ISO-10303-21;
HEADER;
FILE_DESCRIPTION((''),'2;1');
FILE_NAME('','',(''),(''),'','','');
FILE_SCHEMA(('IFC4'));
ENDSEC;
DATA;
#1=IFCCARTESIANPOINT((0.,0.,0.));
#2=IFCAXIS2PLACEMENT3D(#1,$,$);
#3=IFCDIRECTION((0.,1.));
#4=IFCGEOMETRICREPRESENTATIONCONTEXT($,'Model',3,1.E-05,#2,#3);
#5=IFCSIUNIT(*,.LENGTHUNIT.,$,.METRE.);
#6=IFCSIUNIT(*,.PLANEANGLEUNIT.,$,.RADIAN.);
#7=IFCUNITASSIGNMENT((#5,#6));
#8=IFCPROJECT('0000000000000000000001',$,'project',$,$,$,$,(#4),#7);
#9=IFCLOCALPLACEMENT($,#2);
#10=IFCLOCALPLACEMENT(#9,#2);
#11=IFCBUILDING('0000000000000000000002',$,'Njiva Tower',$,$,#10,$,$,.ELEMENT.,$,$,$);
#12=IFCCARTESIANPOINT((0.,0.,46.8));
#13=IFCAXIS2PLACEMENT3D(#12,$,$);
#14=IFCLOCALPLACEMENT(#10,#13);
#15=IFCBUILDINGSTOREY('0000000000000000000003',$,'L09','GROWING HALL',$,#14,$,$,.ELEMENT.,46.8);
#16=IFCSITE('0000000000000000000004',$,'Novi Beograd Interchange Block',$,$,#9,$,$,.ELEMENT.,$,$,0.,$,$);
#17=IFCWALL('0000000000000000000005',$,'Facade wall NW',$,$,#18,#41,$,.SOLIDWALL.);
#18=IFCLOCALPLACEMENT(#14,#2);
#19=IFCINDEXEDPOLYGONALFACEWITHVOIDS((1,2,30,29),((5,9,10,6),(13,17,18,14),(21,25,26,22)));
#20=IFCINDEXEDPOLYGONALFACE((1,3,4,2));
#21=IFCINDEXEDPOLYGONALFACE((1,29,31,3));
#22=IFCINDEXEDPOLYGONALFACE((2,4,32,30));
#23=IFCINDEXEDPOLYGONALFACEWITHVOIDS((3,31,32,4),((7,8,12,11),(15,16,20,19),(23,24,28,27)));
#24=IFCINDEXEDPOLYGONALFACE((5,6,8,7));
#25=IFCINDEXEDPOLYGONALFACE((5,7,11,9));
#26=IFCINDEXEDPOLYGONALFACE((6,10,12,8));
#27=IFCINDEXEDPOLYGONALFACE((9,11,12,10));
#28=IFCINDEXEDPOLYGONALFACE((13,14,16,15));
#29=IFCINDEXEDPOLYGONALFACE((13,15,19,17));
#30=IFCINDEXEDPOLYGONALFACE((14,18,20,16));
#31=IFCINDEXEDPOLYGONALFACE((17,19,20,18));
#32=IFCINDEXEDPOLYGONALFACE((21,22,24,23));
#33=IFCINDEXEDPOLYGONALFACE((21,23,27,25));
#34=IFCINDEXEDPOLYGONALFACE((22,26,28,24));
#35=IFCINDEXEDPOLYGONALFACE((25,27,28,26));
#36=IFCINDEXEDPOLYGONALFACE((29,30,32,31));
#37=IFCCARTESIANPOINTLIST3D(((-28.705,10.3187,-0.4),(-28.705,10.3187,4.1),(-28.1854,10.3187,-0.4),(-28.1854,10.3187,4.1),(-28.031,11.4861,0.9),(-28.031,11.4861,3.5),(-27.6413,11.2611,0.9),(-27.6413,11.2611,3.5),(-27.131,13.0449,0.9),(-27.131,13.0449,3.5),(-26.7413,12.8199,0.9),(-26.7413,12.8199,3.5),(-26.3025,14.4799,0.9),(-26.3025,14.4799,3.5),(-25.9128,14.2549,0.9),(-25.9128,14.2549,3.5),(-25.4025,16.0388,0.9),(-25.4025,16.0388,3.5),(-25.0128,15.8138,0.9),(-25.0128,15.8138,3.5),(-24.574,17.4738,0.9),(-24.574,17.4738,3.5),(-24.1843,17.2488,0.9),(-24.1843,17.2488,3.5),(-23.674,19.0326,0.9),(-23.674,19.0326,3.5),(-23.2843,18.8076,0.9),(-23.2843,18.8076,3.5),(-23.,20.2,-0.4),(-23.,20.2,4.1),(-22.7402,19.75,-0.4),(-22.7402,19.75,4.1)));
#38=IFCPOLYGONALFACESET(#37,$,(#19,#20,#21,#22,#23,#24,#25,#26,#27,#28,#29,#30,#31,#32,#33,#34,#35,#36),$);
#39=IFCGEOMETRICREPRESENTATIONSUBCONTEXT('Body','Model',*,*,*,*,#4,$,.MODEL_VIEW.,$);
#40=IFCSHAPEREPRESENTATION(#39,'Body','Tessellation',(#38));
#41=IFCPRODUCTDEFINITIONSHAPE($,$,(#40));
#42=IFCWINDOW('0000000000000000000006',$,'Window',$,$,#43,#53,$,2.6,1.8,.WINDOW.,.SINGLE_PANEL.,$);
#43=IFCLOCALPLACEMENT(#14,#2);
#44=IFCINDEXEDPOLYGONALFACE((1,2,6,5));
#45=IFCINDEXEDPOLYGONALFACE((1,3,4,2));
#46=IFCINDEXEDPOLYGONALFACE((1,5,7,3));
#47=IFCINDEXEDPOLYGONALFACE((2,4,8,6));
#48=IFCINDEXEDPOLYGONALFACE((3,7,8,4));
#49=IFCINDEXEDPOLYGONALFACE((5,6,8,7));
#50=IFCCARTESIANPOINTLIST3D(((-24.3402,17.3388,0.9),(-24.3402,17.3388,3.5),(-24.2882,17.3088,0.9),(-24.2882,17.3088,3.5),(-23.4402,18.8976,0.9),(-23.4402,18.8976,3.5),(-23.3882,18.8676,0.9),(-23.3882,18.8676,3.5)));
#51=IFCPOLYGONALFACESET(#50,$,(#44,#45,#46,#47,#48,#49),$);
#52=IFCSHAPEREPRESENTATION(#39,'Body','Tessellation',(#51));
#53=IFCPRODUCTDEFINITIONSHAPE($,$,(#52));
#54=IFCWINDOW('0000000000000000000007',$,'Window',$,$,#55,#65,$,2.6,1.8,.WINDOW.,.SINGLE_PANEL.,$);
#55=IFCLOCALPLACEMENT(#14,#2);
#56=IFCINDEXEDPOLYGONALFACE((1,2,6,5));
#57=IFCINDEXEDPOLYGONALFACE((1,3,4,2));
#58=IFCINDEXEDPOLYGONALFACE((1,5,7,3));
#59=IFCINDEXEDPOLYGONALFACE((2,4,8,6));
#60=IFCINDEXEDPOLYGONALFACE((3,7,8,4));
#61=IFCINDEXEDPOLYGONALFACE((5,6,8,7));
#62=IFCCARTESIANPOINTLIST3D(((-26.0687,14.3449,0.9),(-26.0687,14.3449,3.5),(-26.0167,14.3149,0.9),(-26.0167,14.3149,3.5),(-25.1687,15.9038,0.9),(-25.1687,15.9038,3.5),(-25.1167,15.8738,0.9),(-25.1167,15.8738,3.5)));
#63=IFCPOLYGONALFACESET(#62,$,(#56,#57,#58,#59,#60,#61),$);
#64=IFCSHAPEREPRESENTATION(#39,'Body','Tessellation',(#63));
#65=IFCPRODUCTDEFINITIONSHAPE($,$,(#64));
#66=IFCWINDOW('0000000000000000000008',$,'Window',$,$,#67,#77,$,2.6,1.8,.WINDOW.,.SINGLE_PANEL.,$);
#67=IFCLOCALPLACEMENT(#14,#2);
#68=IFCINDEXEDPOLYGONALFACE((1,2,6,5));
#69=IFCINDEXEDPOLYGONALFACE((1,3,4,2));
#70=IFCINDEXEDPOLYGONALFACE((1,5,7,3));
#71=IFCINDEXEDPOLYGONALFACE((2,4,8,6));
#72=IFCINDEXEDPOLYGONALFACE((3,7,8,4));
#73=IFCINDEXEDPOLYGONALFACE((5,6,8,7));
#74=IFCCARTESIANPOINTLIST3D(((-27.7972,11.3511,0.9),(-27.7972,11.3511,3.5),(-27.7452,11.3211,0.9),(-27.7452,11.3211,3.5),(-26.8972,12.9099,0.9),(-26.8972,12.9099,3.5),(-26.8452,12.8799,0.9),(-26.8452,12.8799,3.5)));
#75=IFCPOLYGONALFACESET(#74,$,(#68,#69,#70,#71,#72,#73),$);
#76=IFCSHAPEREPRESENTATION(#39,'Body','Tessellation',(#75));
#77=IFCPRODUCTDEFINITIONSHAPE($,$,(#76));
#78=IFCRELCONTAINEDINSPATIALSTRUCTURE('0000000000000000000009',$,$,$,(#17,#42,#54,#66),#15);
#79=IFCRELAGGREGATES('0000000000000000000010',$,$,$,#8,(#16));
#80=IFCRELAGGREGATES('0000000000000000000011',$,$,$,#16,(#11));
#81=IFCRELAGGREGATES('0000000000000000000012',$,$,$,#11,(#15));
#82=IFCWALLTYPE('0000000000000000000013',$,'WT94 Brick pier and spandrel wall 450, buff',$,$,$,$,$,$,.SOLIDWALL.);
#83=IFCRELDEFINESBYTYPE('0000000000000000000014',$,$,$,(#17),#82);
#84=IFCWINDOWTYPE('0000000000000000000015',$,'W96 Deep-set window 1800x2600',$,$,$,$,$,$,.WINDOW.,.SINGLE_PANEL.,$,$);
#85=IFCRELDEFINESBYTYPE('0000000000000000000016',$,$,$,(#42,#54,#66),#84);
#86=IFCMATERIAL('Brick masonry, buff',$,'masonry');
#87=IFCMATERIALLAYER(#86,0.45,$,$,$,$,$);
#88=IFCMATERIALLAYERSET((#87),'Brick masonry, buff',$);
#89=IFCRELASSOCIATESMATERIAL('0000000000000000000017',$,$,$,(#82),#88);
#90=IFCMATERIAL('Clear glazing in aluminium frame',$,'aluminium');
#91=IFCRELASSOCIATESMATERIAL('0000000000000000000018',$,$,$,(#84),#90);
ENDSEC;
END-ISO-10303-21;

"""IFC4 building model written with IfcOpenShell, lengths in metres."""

from ifc_helpers import new_model, si_unit, direction, frame, frame_2d, origin, place, context, subcontext, project, spatial, polyline, rectangle, outline, extrude, material, layer, layer_set, type_object, element, fill, save


model = new_model("IFC4")

# Units and contexts
model_context = context("Model", 3, precision=1e-05, world=origin(), true_north=direction((0.0, 1.0)))
body_context = subcontext(model_context, "Body", "Model", "MODEL_VIEW")
ifc_project = project(units=[si_unit("LENGTHUNIT", "METRE"), si_unit("PLANEANGLEUNIT", "RADIAN")], contexts=[model_context])

# Site, building, storey
site_placement = place(None, origin())
site = spatial("IfcSite", under=ifc_project, at=site_placement, Name="Novi Beograd Interchange Block", CompositionType="ELEMENT", RefElevation=0.0)
building_placement = place(site_placement, origin())
building = spatial("IfcBuilding", under=site, at=building_placement, Name="Njiva Tower", CompositionType="ELEMENT")
storey_placement = place(building_placement, frame((0.0, 0.0, 46.8)))
storey = spatial("IfcBuildingStorey", under=building, at=storey_placement, Name="L09", Description="GROWING HALL", CompositionType="ELEMENT", Elevation=46.8)

# Wall, openings, windows
ifc_material_1 = material(Name="Brick masonry, buff", Category="masonry")
ifc_layer_1 = layer(ifc_material_1, 0.45)
ifc_layer_set_1 = layer_set([ifc_layer_1], Name="Brick masonry, buff")
wall_type_1 = type_object("IfcWallType", Name="WT94 Brick pier and spandrel wall 450, buff", PredefinedType="SOLIDWALL", material=ifc_layer_set_1)
wall_1_placement = place(storey_placement, frame((-22.8701, 19.975, -0.4), z_axis=(0.0, 0.0, 1.0), x_axis=(-0.500002, -0.866024, 0.0)))
wall_1 = element("IfcWall", 1, at=wall_1_placement, inside=storey, type_object=wall_type_1, Name="Facade wall NW", PredefinedType="SOLIDWALL", context=body_context, shape_type="SweptSolid", body=[
    extrude(outline(polyline([(-0.1299, -0.225), (11.2801, -0.225), (11.0203, 0.225), (0.1299, 0.225), (-0.1299, -0.225)])), origin(), (0.0, 0.0, 1.0), 4.5),
])
opening_1_placement = place(wall_1_placement, frame((1.2181, 0.0, 1.3)))
opening_1 = element("IfcOpeningElement", 2, at=opening_1_placement, cuts=wall_1, PredefinedType="OPENING", context=body_context, shape_type="SweptSolid", body=[
    extrude(rectangle(XDim=1.8, YDim=2.6, at=frame_2d((0.9, 1.3))), frame((0.0, 0.235, 0.0), z_axis=(0.0, -1.0, 0.0), x_axis=(1.0, 0.0, 0.0)), (0.0, 0.0, 1.0), 0.47),
])
opening_2_placement = place(wall_1_placement, frame((4.6751, 0.0, 1.3)))
opening_2 = element("IfcOpeningElement", 3, at=opening_2_placement, cuts=wall_1, PredefinedType="OPENING", context=body_context, shape_type="SweptSolid", body=[
    extrude(rectangle(XDim=1.8, YDim=2.6, at=frame_2d((0.9, 1.3))), frame((0.0, 0.235, 0.0), z_axis=(0.0, -1.0, 0.0), x_axis=(1.0, 0.0, 0.0)), (0.0, 0.0, 1.0), 0.47),
])
opening_3_placement = place(wall_1_placement, frame((8.1321, 0.0, 1.3)))
opening_3 = element("IfcOpeningElement", 4, at=opening_3_placement, cuts=wall_1, PredefinedType="OPENING", context=body_context, shape_type="SweptSolid", body=[
    extrude(rectangle(XDim=1.8, YDim=2.6, at=frame_2d((0.9, 1.3))), frame((0.0, 0.235, 0.0), z_axis=(0.0, -1.0, 0.0), x_axis=(1.0, 0.0, 0.0)), (0.0, 0.0, 1.0), 0.47),
])
ifc_material_2 = material(Name="Clear glazing in aluminium frame", Category="aluminium")
window_type = type_object("IfcWindowType", Name="W96 Deep-set window 1800x2600", PartitioningType="SINGLE_PANEL", PredefinedType="WINDOW", material=ifc_material_2)
window_1_placement = place(opening_1_placement, origin())
window_1 = element("IfcWindow", 5, at=window_1_placement, inside=storey, type_object=window_type, Name="Window", OverallHeight=2.6, OverallWidth=1.8, PartitioningType="SINGLE_PANEL", PredefinedType="WINDOW", context=body_context, shape_type="SweptSolid", body=[
    extrude(rectangle(XDim=1.8, YDim=2.6, at=frame_2d((0.9, 1.3))), frame((0.0, 0.105, 0.0), z_axis=(0.0, -1.0, 0.0), x_axis=(1.0, 0.0, 0.0)), (0.0, 0.0, 1.0), 0.06),
])
fill(opening_1, window_1)
window_2_placement = place(opening_2_placement, origin())
window_2 = element("IfcWindow", 6, at=window_2_placement, inside=storey, type_object=window_type, Name="Window", OverallHeight=2.6, OverallWidth=1.8, PartitioningType="SINGLE_PANEL", PredefinedType="WINDOW", context=body_context, shape_type="SweptSolid", body=[
    extrude(rectangle(XDim=1.8, YDim=2.6, at=frame_2d((0.9, 1.3))), frame((0.0, 0.105, 0.0), z_axis=(0.0, -1.0, 0.0), x_axis=(1.0, 0.0, 0.0)), (0.0, 0.0, 1.0), 0.06),
])
fill(opening_2, window_2)
window_3_placement = place(opening_3_placement, origin())
window_3 = element("IfcWindow", 7, at=window_3_placement, inside=storey, type_object=window_type, Name="Window", OverallHeight=2.6, OverallWidth=1.8, PartitioningType="SINGLE_PANEL", PredefinedType="WINDOW", context=body_context, shape_type="SweptSolid", body=[
    extrude(rectangle(XDim=1.8, YDim=2.6, at=frame_2d((0.9, 1.3))), frame((0.0, 0.105, 0.0), z_axis=(0.0, -1.0, 0.0), x_axis=(1.0, 0.0, 0.0)), (0.0, 0.0, 1.0), 0.06),
])
fill(opening_3, window_3)

save(model, "model.ifc")
